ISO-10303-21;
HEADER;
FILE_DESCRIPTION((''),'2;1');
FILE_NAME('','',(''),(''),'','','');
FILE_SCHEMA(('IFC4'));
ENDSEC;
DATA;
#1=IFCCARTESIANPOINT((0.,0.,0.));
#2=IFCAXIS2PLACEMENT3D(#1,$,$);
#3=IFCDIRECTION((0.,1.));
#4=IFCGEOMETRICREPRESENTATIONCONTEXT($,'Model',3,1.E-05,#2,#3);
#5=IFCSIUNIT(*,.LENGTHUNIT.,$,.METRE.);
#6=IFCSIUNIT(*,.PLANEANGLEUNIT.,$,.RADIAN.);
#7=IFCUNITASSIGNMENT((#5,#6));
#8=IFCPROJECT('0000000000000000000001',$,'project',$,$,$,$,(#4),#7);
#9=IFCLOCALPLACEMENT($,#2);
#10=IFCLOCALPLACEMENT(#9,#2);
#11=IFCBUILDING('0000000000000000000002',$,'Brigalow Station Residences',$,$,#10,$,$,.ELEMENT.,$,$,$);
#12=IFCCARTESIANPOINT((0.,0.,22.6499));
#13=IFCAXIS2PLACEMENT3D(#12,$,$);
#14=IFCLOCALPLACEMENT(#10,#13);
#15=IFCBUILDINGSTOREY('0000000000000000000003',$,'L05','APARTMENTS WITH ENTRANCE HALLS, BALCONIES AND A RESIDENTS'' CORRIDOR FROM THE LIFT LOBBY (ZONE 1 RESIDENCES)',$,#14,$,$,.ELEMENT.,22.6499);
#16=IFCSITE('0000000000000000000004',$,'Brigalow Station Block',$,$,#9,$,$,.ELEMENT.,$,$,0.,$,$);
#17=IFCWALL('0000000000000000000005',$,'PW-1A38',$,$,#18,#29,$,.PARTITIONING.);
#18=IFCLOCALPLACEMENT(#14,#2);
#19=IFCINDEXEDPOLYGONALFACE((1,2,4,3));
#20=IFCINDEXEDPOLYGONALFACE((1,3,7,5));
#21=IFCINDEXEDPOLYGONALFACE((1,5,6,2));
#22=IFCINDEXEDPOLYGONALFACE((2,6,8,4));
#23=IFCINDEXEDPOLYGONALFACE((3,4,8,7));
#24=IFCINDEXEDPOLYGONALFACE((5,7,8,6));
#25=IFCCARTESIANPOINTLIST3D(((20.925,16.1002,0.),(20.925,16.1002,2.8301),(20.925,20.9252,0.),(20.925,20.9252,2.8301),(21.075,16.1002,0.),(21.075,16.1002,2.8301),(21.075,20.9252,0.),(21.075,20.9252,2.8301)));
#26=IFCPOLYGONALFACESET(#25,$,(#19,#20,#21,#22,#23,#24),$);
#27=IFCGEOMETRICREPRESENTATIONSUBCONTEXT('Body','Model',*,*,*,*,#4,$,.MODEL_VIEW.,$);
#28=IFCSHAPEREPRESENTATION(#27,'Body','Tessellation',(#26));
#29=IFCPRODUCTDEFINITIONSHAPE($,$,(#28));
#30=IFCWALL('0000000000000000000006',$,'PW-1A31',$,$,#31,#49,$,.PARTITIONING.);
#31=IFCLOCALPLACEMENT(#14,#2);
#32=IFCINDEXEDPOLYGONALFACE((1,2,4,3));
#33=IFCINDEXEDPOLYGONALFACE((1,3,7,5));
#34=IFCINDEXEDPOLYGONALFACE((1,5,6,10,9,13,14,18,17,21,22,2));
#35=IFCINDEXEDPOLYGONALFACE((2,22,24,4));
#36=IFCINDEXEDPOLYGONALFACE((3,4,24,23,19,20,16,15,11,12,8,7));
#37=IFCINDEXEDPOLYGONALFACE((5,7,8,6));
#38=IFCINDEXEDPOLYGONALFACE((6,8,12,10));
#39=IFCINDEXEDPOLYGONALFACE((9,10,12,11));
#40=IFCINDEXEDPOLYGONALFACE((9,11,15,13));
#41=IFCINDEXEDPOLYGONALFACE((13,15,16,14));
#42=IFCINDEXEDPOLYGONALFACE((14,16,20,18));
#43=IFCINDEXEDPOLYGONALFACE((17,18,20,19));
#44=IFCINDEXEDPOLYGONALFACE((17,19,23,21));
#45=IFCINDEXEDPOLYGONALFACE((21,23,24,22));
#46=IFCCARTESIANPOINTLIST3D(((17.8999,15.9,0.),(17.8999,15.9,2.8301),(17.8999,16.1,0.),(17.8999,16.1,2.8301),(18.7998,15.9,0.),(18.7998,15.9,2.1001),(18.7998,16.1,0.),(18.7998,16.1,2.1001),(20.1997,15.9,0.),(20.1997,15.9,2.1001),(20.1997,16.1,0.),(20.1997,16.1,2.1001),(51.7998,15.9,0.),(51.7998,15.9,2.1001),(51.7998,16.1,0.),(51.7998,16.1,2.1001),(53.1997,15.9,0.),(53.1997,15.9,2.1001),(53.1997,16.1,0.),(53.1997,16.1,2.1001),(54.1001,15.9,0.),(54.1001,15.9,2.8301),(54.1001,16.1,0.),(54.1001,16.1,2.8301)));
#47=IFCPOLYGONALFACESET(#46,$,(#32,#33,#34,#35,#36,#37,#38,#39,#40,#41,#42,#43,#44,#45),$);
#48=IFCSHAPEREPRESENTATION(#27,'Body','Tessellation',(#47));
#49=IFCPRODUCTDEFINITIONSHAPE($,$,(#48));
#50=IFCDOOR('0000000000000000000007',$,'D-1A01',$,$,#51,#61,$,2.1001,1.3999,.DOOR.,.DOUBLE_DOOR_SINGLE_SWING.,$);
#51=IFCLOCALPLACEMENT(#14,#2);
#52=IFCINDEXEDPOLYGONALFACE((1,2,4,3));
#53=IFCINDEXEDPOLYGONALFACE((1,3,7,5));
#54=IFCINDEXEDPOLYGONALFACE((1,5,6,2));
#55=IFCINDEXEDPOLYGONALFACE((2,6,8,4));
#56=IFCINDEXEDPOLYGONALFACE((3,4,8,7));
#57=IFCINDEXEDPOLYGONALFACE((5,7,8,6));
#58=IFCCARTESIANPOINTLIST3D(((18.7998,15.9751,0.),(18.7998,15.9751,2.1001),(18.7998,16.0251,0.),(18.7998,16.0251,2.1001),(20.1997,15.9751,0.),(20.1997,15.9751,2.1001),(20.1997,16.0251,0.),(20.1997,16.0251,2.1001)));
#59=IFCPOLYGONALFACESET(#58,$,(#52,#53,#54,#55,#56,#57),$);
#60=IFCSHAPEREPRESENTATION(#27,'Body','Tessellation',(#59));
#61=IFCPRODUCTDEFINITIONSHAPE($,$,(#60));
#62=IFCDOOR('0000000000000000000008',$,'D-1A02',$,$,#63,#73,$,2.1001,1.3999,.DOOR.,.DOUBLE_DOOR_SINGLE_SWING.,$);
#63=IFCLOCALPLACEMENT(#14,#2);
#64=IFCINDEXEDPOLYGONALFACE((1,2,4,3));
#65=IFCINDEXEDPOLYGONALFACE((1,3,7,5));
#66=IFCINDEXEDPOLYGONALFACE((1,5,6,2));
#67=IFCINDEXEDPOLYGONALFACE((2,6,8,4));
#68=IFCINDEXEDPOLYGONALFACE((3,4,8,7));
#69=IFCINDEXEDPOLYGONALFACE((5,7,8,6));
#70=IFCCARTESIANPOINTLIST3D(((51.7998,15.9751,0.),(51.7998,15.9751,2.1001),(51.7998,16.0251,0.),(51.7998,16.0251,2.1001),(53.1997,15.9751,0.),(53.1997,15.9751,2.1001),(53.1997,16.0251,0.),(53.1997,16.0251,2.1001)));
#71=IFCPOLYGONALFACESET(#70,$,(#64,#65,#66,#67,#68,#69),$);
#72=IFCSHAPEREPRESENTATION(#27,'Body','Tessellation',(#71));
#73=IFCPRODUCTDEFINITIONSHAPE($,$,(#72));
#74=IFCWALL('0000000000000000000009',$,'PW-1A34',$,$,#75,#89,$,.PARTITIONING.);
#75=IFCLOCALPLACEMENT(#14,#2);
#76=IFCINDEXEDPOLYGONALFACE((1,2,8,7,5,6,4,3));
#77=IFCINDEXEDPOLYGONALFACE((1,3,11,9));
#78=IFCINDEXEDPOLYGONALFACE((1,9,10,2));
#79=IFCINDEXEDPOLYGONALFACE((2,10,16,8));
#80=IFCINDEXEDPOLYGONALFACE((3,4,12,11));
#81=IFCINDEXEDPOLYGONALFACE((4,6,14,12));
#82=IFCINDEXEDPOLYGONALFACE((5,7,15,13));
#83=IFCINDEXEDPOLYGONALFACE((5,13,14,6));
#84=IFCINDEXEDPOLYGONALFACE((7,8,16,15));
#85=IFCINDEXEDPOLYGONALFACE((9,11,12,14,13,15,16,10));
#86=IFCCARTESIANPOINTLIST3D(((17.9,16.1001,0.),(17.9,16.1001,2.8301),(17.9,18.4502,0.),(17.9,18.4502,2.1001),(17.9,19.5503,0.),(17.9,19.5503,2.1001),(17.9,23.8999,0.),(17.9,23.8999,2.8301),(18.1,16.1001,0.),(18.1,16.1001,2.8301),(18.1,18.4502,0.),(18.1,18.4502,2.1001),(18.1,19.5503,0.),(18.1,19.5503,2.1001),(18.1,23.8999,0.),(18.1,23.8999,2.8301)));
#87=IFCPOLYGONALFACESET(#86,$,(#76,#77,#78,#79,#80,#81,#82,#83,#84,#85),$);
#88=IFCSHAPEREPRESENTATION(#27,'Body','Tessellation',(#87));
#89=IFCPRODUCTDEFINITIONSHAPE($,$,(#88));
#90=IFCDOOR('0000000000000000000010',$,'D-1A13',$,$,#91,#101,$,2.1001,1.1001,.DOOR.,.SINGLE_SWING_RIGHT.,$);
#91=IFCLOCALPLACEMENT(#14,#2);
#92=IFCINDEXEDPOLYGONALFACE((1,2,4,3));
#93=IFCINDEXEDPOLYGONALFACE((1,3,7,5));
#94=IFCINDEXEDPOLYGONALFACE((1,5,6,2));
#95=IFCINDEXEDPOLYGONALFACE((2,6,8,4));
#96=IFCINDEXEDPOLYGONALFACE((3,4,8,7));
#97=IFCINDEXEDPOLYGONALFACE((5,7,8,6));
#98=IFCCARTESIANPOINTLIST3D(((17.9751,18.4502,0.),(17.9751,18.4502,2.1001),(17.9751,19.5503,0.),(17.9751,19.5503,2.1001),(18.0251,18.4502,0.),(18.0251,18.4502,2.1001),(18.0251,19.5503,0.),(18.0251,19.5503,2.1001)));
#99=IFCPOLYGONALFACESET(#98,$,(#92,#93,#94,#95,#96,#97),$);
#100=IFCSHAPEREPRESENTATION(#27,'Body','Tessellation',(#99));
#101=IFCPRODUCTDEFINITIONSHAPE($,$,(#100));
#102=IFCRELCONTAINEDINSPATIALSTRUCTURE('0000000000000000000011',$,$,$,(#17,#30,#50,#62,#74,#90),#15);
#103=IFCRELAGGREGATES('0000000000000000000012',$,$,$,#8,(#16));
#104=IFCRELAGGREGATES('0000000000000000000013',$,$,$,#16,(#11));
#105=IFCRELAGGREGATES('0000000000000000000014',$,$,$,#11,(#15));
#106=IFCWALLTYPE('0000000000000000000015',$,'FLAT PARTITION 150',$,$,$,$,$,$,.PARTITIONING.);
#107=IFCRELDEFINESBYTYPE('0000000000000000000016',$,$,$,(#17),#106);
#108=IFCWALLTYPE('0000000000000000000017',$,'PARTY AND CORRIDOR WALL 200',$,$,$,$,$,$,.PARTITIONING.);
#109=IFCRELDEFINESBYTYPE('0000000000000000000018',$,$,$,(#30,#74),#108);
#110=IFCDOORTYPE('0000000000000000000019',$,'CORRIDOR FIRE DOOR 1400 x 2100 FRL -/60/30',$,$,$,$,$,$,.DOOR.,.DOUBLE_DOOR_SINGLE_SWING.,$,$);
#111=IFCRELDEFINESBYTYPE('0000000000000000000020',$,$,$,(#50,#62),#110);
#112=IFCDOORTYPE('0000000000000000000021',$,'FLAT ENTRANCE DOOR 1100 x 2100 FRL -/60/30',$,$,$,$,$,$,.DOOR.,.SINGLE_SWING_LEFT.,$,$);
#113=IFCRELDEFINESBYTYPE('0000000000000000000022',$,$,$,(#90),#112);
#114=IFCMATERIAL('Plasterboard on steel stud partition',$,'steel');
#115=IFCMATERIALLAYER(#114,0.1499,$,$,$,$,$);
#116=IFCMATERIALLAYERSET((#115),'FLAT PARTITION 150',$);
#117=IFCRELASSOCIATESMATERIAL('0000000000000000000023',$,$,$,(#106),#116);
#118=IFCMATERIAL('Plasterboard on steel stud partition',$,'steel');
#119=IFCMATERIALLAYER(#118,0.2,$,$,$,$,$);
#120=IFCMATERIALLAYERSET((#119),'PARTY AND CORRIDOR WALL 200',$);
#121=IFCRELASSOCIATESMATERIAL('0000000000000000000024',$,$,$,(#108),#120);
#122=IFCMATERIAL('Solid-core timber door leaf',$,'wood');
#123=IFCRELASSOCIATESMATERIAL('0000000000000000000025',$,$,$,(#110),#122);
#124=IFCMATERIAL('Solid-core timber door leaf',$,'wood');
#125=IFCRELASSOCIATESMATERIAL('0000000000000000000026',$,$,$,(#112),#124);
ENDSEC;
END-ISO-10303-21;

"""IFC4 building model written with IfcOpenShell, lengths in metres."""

from ifc_helpers import new_model, si_unit, direction, frame, frame_2d, origin, place, context, subcontext, project, spatial, rectangle, extrude, material, layer, layer_set, type_object, element, fill, save


model = new_model("IFC4")

# Units and contexts
model_context = context("Model", 3, precision=1e-05, world=origin(), true_north=direction((0.0, 1.0)))
body_context = subcontext(model_context, "Body", "Model", "MODEL_VIEW")
ifc_project = project(units=[si_unit("LENGTHUNIT", "METRE"), si_unit("PLANEANGLEUNIT", "RADIAN")], contexts=[model_context])

# Site, building, storey
site_placement = place(None, origin())
site = spatial("IfcSite", under=ifc_project, at=site_placement, Name="Brigalow Station Block", CompositionType="ELEMENT", RefElevation=0.0)
building_placement = place(site_placement, origin())
building = spatial("IfcBuilding", under=site, at=building_placement, Name="Brigalow Station Residences", CompositionType="ELEMENT")
storey_placement = place(building_placement, frame((0.0, 0.0, 22.6499)))
storey = spatial("IfcBuildingStorey", under=building, at=storey_placement, Name="L05", Description="APARTMENTS WITH ENTRANCE HALLS, BALCONIES AND A RESIDENTS' CORRIDOR FROM THE LIFT LOBBY (ZONE 1 RESIDENCES)", CompositionType="ELEMENT", Elevation=22.6499)

# Shared definitions
ifc_material_1 = material(Name="Plasterboard on steel stud partition", Category="steel")
ifc_layer_1 = layer(ifc_material_1, 0.1499)
ifc_layer_set_1 = layer_set([ifc_layer_1], Name="FLAT PARTITION 150")
wall_type_1 = type_object("IfcWallType", Name="FLAT PARTITION 150", PredefinedType="PARTITIONING", material=ifc_layer_set_1)

# Wall
wall_1_placement = place(storey_placement, frame((21.0, 16.1001, 0.0), z_axis=(0.0, 0.0, 1.0), x_axis=(0.0, 1.0, 0.0)))
element("IfcWall", 1, at=wall_1_placement, inside=storey, type_object=wall_type_1, Name="PW-1A38", PredefinedType="PARTITIONING", context=body_context, shape_type="SweptSolid", body=[
    extrude(rectangle(XDim=4.825, YDim=0.1499, at=frame_2d((2.4126, 0.0))), origin(), (0.0, 0.0, 1.0), 2.8301),
])

# Wall, openings, doors
ifc_material_2 = material(Name="Plasterboard on steel stud partition", Category="steel")
ifc_layer_2 = layer(ifc_material_2, 0.2)
ifc_layer_set_2 = layer_set([ifc_layer_2], Name="PARTY AND CORRIDOR WALL 200")
wall_type_2 = type_object("IfcWallType", Name="PARTY AND CORRIDOR WALL 200", PredefinedType="PARTITIONING", material=ifc_layer_set_2)
wall_2_placement = place(storey_placement, frame((17.8999, 16.0, 0.0), z_axis=(0.0, 0.0, 1.0), x_axis=(1.0, 0.0, 0.0)))
wall_2 = element("IfcWall", 2, at=wall_2_placement, inside=storey, type_object=wall_type_2, Name="PW-1A31", PredefinedType="PARTITIONING", context=body_context, shape_type="SweptSolid", body=[
    extrude(rectangle(XDim=36.2002, YDim=0.2, at=frame_2d((18.1001, 0.0))), origin(), (0.0, 0.0, 1.0), 2.8301),
])
opening_1_placement = place(wall_2_placement, frame((0.8999, 0.0, 0.0)))
opening_1 = element("IfcOpeningElement", 3, at=opening_1_placement, cuts=wall_2, PredefinedType="OPENING", context=body_context, shape_type="SweptSolid", body=[
    extrude(rectangle(XDim=1.3999, YDim=2.1001, at=frame_2d((0.7, 1.05))), frame((0.0, 0.1099, 0.0), z_axis=(0.0, -1.0, 0.0), x_axis=(1.0, 0.0, 0.0)), (0.0, 0.0, 1.0), 0.22),
])
opening_2_placement = place(wall_2_placement, frame((33.8999, 0.0, 0.0)))
opening_2 = element("IfcOpeningElement", 4, at=opening_2_placement, cuts=wall_2, PredefinedType="OPENING", context=body_context, shape_type="SweptSolid", body=[
    extrude(rectangle(XDim=1.3999, YDim=2.1001, at=frame_2d((0.7, 1.05))), frame((0.0, 0.1099, 0.0), z_axis=(0.0, -1.0, 0.0), x_axis=(1.0, 0.0, 0.0)), (0.0, 0.0, 1.0), 0.22),
])
ifc_material_3 = material(Name="Solid-core timber door leaf", Category="wood")
door_type_1 = type_object("IfcDoorType", Name="CORRIDOR FIRE DOOR 1400 x 2100 FRL -/60/30", OperationType="DOUBLE_DOOR_SINGLE_SWING", PredefinedType="DOOR", material=ifc_material_3)
door_1_placement = place(opening_1_placement, frame((1.3999, 0.0, 0.0), z_axis=(0.0, 0.0, 1.0), x_axis=(-1.0, 0.0, 0.0)))
door_1 = element("IfcDoor", 5, at=door_1_placement, inside=storey, type_object=door_type_1, Name="D-1A01", OperationType="DOUBLE_DOOR_SINGLE_SWING", OverallHeight=2.1001, OverallWidth=1.3999, PredefinedType="DOOR", context=body_context, shape_type="SweptSolid", body=[
    extrude(rectangle(XDim=1.3999, YDim=2.1001, at=frame_2d((0.7, 1.05))), frame((0.0, 0.0249, 0.0), z_axis=(0.0, -1.0, 0.0), x_axis=(1.0, 0.0, 0.0)), (0.0, 0.0, 1.0), 0.05),
])
fill(opening_1, door_1)
door_2_placement = place(opening_2_placement, frame((1.3999, 0.0, 0.0), z_axis=(0.0, 0.0, 1.0), x_axis=(-1.0, 0.0, 0.0)))
door_2 = element("IfcDoor", 6, at=door_2_placement, inside=storey, type_object=door_type_1, Name="D-1A02", OperationType="DOUBLE_DOOR_SINGLE_SWING", OverallHeight=2.1001, OverallWidth=1.3999, PredefinedType="DOOR", context=body_context, shape_type="SweptSolid", body=[
    extrude(rectangle(XDim=1.3999, YDim=2.1001, at=frame_2d((0.7, 1.05))), frame((0.0, 0.0249, 0.0), z_axis=(0.0, -1.0, 0.0), x_axis=(1.0, 0.0, 0.0)), (0.0, 0.0, 1.0), 0.05),
])
fill(opening_2, door_2)

# Wall, opening, door
wall_3_placement = place(storey_placement, frame((18.0, 16.1001, 0.0), z_axis=(0.0, 0.0, 1.0), x_axis=(0.0, 1.0, 0.0)))
wall_3 = element("IfcWall", 7, at=wall_3_placement, inside=storey, type_object=wall_type_2, Name="PW-1A34", PredefinedType="PARTITIONING", context=body_context, shape_type="SweptSolid", body=[
    extrude(rectangle(XDim=7.7998, YDim=0.2, at=frame_2d((3.8999, 0.0))), origin(), (0.0, 0.0, 1.0), 2.8301),
])
opening_3_placement = place(wall_3_placement, frame((2.3501, 0.0, 0.0)))
opening_3 = element("IfcOpeningElement", 8, at=opening_3_placement, cuts=wall_3, PredefinedType="OPENING", context=body_context, shape_type="SweptSolid", body=[
    extrude(rectangle(XDim=1.1001, YDim=2.1001, at=frame_2d((0.55, 1.05))), frame((0.0, 0.1099, 0.0), z_axis=(0.0, -1.0, 0.0), x_axis=(1.0, 0.0, 0.0)), (0.0, 0.0, 1.0), 0.22),
])
ifc_material_4 = material(Name="Solid-core timber door leaf", Category="wood")
door_type_2 = type_object("IfcDoorType", Name="FLAT ENTRANCE DOOR 1100 x 2100 FRL -/60/30", OperationType="SINGLE_SWING_LEFT", PredefinedType="DOOR", material=ifc_material_4)
door_3_placement = place(opening_3_placement, origin())
door_3 = element("IfcDoor", 9, at=door_3_placement, inside=storey, type_object=door_type_2, Name="D-1A13", OperationType="SINGLE_SWING_RIGHT", OverallHeight=2.1001, OverallWidth=1.1001, PredefinedType="DOOR", context=body_context, shape_type="SweptSolid", body=[
    extrude(rectangle(XDim=1.1001, YDim=2.1001, at=frame_2d((0.55, 1.05))), frame((0.0, 0.0249, 0.0), z_axis=(0.0, -1.0, 0.0), x_axis=(1.0, 0.0, 0.0)), (0.0, 0.0, 1.0), 0.05),
])
fill(opening_3, door_3)

save(model, "model.ifc")
